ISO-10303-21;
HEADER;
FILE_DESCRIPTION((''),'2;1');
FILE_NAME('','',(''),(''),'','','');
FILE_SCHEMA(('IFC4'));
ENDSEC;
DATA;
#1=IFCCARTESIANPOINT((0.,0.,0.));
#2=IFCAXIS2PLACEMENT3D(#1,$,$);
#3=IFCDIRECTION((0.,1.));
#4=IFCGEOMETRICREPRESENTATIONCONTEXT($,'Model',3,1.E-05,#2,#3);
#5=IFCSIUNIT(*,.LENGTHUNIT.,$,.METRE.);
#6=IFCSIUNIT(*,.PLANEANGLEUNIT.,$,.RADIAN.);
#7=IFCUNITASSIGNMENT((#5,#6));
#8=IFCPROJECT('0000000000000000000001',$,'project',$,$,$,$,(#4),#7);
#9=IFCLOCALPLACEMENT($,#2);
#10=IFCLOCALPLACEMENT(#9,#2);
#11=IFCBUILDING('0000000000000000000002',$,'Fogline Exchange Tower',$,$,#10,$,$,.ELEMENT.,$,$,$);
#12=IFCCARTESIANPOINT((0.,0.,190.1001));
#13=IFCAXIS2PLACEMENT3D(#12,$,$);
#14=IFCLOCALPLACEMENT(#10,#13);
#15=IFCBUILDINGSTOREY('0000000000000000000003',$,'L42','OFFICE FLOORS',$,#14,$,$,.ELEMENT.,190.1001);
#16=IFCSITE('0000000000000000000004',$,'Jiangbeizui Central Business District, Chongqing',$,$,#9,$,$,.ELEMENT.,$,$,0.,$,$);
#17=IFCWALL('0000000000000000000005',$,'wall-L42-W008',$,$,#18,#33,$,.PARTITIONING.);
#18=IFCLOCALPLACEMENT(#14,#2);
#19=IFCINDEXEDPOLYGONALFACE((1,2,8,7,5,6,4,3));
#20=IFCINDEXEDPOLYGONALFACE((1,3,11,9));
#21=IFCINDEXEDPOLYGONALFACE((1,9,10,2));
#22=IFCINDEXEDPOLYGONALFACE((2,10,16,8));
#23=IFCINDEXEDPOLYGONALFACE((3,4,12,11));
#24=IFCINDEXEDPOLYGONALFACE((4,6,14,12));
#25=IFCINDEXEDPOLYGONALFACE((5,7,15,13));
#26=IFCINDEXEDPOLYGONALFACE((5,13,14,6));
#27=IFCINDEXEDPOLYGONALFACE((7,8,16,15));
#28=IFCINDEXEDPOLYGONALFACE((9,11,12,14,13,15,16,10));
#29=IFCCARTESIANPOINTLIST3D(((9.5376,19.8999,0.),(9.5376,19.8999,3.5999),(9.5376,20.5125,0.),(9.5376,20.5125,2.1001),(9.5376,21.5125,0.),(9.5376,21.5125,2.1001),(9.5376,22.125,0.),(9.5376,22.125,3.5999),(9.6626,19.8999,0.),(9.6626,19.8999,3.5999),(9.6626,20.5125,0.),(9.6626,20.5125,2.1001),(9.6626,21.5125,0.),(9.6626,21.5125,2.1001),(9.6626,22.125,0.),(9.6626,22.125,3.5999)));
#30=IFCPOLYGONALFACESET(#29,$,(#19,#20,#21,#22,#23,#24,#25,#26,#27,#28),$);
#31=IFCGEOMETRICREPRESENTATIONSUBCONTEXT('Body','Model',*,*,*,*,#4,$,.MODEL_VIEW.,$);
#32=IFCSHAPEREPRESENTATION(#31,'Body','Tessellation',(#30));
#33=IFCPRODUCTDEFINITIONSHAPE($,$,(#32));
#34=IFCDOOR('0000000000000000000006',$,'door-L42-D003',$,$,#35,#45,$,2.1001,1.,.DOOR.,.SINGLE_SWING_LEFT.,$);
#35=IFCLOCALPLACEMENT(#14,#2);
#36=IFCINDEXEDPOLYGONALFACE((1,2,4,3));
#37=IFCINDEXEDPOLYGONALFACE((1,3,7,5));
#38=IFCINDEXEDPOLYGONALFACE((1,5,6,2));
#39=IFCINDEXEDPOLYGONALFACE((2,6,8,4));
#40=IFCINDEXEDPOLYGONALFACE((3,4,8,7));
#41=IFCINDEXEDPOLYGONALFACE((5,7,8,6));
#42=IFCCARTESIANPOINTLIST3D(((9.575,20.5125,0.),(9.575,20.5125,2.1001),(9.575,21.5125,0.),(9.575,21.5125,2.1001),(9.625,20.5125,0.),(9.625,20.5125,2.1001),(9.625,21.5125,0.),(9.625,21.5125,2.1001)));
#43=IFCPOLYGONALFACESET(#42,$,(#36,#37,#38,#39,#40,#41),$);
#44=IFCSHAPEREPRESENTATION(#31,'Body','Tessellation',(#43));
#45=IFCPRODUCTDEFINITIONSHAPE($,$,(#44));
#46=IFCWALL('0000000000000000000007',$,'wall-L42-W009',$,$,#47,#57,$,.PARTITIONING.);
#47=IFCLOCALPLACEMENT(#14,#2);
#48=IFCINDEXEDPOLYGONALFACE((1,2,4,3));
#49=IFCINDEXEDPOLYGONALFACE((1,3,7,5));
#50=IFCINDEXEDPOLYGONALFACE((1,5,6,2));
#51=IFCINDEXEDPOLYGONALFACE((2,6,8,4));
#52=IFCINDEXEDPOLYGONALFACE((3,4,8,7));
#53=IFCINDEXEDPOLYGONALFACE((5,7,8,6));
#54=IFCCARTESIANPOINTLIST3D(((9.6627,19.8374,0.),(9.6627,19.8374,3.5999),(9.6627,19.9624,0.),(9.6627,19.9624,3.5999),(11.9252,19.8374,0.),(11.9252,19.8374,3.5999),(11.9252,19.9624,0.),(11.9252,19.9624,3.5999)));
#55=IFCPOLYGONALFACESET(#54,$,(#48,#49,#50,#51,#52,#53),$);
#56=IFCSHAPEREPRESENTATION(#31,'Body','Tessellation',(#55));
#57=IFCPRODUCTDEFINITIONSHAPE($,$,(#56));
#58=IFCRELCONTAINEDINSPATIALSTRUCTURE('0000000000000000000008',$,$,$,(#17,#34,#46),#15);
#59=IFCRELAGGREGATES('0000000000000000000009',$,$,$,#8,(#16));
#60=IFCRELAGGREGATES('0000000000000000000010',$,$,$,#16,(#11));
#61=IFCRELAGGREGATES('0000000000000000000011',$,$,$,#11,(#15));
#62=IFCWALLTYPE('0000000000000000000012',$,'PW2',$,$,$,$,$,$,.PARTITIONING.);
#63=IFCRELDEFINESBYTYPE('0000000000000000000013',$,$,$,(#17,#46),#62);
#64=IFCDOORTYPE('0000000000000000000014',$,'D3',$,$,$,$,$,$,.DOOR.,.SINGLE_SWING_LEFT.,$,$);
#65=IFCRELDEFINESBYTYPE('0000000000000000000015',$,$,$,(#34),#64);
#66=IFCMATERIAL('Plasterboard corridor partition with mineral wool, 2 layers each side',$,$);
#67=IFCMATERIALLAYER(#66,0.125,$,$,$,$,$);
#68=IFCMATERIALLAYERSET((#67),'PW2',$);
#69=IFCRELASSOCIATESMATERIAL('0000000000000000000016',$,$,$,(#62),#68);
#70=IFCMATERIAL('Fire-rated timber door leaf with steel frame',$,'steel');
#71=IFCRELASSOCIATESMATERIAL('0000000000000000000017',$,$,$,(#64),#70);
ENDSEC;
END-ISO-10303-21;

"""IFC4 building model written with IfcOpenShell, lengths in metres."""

from ifc_helpers import new_model, si_unit, direction, frame, frame_2d, origin, place, context, subcontext, project, spatial, rectangle, extrude, material, layer, layer_set, type_object, element, fill, save


model = new_model("IFC4")

# Units and contexts
model_context = context("Model", 3, precision=1e-05, world=origin(), true_north=direction((0.0, 1.0)))
body_context = subcontext(model_context, "Body", "Model", "MODEL_VIEW")
ifc_project = project(units=[si_unit("LENGTHUNIT", "METRE"), si_unit("PLANEANGLEUNIT", "RADIAN")], contexts=[model_context])

# Site, building, storey
site_placement = place(None, origin())
site = spatial("IfcSite", under=ifc_project, at=site_placement, Name="Jiangbeizui Central Business District, Chongqing", CompositionType="ELEMENT", RefElevation=0.0)
building_placement = place(site_placement, origin())
building = spatial("IfcBuilding", under=site, at=building_placement, Name="Fogline Exchange Tower", CompositionType="ELEMENT")
storey_placement = place(building_placement, frame((0.0, 0.0, 190.1001)))
storey = spatial("IfcBuildingStorey", under=building, at=storey_placement, Name="L42", Description="OFFICE FLOORS", CompositionType="ELEMENT", Elevation=190.1001)

# Shared definitions
ifc_material_1 = material(Name="Plasterboard corridor partition with mineral wool, 2 layers each side")
ifc_layer_1 = layer(ifc_material_1, 0.125)
ifc_layer_set_1 = layer_set([ifc_layer_1], Name="PW2")
wall_type_1 = type_object("IfcWallType", Name="PW2", PredefinedType="PARTITIONING", material=ifc_layer_set_1)
ifc_material_2 = material(Name="Fire-rated timber door leaf with steel frame", Category="steel")
door_type_1 = type_object("IfcDoorType", Name="D3", OperationType="SINGLE_SWING_LEFT", PredefinedType="DOOR", material=ifc_material_2)

# Wall, opening, door
wall_1_placement = place(storey_placement, frame((9.6001, 22.125, 0.0), z_axis=(0.0, 0.0, 1.0), x_axis=(0.0, -1.0, 0.0)))
wall_1 = element("IfcWall", 1, at=wall_1_placement, inside=storey, type_object=wall_type_1, Name="wall-L42-W008", PredefinedType="PARTITIONING", context=body_context, shape_type="SweptSolid", body=[
    extrude(rectangle(XDim=2.2251, YDim=0.125, at=frame_2d((1.1125, 0.0))), origin(), (0.0, 0.0, 1.0), 3.5999),
])
opening_1_placement = place(wall_1_placement, frame((0.6125, 0.0, 0.0)))
opening_1 = element("IfcOpeningElement", 2, at=opening_1_placement, cuts=wall_1, PredefinedType="OPENING", context=body_context, shape_type="SweptSolid", body=[
    extrude(rectangle(XDim=1.0, YDim=2.1001, at=frame_2d((0.5, 1.05))), frame((0.0, 0.0725, 0.0), z_axis=(0.0, -1.0, 0.0), x_axis=(1.0, 0.0, 0.0)), (0.0, 0.0, 1.0), 0.145),
])
door_1_placement = place(opening_1_placement, origin())
door_1 = element("IfcDoor", 3, at=door_1_placement, inside=storey, type_object=door_type_1, Name="door-L42-D003", OperationType="SINGLE_SWING_LEFT", OverallHeight=2.1001, OverallWidth=1.0, PredefinedType="DOOR", context=body_context, shape_type="SweptSolid", body=[
    extrude(rectangle(XDim=1.0, YDim=2.1001, at=frame_2d((0.5, 1.05))), frame((0.0, 0.0249, 0.0), z_axis=(0.0, -1.0, 0.0), x_axis=(1.0, 0.0, 0.0)), (0.0, 0.0, 1.0), 0.05),
])
fill(opening_1, door_1)

# Wall
wall_2_placement = place(storey_placement, frame((9.6626, 19.8999, 0.0), z_axis=(0.0, 0.0, 1.0), x_axis=(1.0, 0.0, 0.0)))
element("IfcWall", 4, at=wall_2_placement, inside=storey, type_object=wall_type_1, Name="wall-L42-W009", PredefinedType="PARTITIONING", context=body_context, shape_type="SweptSolid", body=[
    extrude(rectangle(XDim=2.2625, YDim=0.125, at=frame_2d((1.1313, 0.0))), origin(), (0.0, 0.0, 1.0), 3.5999),
])

save(model, "model.ifc")
